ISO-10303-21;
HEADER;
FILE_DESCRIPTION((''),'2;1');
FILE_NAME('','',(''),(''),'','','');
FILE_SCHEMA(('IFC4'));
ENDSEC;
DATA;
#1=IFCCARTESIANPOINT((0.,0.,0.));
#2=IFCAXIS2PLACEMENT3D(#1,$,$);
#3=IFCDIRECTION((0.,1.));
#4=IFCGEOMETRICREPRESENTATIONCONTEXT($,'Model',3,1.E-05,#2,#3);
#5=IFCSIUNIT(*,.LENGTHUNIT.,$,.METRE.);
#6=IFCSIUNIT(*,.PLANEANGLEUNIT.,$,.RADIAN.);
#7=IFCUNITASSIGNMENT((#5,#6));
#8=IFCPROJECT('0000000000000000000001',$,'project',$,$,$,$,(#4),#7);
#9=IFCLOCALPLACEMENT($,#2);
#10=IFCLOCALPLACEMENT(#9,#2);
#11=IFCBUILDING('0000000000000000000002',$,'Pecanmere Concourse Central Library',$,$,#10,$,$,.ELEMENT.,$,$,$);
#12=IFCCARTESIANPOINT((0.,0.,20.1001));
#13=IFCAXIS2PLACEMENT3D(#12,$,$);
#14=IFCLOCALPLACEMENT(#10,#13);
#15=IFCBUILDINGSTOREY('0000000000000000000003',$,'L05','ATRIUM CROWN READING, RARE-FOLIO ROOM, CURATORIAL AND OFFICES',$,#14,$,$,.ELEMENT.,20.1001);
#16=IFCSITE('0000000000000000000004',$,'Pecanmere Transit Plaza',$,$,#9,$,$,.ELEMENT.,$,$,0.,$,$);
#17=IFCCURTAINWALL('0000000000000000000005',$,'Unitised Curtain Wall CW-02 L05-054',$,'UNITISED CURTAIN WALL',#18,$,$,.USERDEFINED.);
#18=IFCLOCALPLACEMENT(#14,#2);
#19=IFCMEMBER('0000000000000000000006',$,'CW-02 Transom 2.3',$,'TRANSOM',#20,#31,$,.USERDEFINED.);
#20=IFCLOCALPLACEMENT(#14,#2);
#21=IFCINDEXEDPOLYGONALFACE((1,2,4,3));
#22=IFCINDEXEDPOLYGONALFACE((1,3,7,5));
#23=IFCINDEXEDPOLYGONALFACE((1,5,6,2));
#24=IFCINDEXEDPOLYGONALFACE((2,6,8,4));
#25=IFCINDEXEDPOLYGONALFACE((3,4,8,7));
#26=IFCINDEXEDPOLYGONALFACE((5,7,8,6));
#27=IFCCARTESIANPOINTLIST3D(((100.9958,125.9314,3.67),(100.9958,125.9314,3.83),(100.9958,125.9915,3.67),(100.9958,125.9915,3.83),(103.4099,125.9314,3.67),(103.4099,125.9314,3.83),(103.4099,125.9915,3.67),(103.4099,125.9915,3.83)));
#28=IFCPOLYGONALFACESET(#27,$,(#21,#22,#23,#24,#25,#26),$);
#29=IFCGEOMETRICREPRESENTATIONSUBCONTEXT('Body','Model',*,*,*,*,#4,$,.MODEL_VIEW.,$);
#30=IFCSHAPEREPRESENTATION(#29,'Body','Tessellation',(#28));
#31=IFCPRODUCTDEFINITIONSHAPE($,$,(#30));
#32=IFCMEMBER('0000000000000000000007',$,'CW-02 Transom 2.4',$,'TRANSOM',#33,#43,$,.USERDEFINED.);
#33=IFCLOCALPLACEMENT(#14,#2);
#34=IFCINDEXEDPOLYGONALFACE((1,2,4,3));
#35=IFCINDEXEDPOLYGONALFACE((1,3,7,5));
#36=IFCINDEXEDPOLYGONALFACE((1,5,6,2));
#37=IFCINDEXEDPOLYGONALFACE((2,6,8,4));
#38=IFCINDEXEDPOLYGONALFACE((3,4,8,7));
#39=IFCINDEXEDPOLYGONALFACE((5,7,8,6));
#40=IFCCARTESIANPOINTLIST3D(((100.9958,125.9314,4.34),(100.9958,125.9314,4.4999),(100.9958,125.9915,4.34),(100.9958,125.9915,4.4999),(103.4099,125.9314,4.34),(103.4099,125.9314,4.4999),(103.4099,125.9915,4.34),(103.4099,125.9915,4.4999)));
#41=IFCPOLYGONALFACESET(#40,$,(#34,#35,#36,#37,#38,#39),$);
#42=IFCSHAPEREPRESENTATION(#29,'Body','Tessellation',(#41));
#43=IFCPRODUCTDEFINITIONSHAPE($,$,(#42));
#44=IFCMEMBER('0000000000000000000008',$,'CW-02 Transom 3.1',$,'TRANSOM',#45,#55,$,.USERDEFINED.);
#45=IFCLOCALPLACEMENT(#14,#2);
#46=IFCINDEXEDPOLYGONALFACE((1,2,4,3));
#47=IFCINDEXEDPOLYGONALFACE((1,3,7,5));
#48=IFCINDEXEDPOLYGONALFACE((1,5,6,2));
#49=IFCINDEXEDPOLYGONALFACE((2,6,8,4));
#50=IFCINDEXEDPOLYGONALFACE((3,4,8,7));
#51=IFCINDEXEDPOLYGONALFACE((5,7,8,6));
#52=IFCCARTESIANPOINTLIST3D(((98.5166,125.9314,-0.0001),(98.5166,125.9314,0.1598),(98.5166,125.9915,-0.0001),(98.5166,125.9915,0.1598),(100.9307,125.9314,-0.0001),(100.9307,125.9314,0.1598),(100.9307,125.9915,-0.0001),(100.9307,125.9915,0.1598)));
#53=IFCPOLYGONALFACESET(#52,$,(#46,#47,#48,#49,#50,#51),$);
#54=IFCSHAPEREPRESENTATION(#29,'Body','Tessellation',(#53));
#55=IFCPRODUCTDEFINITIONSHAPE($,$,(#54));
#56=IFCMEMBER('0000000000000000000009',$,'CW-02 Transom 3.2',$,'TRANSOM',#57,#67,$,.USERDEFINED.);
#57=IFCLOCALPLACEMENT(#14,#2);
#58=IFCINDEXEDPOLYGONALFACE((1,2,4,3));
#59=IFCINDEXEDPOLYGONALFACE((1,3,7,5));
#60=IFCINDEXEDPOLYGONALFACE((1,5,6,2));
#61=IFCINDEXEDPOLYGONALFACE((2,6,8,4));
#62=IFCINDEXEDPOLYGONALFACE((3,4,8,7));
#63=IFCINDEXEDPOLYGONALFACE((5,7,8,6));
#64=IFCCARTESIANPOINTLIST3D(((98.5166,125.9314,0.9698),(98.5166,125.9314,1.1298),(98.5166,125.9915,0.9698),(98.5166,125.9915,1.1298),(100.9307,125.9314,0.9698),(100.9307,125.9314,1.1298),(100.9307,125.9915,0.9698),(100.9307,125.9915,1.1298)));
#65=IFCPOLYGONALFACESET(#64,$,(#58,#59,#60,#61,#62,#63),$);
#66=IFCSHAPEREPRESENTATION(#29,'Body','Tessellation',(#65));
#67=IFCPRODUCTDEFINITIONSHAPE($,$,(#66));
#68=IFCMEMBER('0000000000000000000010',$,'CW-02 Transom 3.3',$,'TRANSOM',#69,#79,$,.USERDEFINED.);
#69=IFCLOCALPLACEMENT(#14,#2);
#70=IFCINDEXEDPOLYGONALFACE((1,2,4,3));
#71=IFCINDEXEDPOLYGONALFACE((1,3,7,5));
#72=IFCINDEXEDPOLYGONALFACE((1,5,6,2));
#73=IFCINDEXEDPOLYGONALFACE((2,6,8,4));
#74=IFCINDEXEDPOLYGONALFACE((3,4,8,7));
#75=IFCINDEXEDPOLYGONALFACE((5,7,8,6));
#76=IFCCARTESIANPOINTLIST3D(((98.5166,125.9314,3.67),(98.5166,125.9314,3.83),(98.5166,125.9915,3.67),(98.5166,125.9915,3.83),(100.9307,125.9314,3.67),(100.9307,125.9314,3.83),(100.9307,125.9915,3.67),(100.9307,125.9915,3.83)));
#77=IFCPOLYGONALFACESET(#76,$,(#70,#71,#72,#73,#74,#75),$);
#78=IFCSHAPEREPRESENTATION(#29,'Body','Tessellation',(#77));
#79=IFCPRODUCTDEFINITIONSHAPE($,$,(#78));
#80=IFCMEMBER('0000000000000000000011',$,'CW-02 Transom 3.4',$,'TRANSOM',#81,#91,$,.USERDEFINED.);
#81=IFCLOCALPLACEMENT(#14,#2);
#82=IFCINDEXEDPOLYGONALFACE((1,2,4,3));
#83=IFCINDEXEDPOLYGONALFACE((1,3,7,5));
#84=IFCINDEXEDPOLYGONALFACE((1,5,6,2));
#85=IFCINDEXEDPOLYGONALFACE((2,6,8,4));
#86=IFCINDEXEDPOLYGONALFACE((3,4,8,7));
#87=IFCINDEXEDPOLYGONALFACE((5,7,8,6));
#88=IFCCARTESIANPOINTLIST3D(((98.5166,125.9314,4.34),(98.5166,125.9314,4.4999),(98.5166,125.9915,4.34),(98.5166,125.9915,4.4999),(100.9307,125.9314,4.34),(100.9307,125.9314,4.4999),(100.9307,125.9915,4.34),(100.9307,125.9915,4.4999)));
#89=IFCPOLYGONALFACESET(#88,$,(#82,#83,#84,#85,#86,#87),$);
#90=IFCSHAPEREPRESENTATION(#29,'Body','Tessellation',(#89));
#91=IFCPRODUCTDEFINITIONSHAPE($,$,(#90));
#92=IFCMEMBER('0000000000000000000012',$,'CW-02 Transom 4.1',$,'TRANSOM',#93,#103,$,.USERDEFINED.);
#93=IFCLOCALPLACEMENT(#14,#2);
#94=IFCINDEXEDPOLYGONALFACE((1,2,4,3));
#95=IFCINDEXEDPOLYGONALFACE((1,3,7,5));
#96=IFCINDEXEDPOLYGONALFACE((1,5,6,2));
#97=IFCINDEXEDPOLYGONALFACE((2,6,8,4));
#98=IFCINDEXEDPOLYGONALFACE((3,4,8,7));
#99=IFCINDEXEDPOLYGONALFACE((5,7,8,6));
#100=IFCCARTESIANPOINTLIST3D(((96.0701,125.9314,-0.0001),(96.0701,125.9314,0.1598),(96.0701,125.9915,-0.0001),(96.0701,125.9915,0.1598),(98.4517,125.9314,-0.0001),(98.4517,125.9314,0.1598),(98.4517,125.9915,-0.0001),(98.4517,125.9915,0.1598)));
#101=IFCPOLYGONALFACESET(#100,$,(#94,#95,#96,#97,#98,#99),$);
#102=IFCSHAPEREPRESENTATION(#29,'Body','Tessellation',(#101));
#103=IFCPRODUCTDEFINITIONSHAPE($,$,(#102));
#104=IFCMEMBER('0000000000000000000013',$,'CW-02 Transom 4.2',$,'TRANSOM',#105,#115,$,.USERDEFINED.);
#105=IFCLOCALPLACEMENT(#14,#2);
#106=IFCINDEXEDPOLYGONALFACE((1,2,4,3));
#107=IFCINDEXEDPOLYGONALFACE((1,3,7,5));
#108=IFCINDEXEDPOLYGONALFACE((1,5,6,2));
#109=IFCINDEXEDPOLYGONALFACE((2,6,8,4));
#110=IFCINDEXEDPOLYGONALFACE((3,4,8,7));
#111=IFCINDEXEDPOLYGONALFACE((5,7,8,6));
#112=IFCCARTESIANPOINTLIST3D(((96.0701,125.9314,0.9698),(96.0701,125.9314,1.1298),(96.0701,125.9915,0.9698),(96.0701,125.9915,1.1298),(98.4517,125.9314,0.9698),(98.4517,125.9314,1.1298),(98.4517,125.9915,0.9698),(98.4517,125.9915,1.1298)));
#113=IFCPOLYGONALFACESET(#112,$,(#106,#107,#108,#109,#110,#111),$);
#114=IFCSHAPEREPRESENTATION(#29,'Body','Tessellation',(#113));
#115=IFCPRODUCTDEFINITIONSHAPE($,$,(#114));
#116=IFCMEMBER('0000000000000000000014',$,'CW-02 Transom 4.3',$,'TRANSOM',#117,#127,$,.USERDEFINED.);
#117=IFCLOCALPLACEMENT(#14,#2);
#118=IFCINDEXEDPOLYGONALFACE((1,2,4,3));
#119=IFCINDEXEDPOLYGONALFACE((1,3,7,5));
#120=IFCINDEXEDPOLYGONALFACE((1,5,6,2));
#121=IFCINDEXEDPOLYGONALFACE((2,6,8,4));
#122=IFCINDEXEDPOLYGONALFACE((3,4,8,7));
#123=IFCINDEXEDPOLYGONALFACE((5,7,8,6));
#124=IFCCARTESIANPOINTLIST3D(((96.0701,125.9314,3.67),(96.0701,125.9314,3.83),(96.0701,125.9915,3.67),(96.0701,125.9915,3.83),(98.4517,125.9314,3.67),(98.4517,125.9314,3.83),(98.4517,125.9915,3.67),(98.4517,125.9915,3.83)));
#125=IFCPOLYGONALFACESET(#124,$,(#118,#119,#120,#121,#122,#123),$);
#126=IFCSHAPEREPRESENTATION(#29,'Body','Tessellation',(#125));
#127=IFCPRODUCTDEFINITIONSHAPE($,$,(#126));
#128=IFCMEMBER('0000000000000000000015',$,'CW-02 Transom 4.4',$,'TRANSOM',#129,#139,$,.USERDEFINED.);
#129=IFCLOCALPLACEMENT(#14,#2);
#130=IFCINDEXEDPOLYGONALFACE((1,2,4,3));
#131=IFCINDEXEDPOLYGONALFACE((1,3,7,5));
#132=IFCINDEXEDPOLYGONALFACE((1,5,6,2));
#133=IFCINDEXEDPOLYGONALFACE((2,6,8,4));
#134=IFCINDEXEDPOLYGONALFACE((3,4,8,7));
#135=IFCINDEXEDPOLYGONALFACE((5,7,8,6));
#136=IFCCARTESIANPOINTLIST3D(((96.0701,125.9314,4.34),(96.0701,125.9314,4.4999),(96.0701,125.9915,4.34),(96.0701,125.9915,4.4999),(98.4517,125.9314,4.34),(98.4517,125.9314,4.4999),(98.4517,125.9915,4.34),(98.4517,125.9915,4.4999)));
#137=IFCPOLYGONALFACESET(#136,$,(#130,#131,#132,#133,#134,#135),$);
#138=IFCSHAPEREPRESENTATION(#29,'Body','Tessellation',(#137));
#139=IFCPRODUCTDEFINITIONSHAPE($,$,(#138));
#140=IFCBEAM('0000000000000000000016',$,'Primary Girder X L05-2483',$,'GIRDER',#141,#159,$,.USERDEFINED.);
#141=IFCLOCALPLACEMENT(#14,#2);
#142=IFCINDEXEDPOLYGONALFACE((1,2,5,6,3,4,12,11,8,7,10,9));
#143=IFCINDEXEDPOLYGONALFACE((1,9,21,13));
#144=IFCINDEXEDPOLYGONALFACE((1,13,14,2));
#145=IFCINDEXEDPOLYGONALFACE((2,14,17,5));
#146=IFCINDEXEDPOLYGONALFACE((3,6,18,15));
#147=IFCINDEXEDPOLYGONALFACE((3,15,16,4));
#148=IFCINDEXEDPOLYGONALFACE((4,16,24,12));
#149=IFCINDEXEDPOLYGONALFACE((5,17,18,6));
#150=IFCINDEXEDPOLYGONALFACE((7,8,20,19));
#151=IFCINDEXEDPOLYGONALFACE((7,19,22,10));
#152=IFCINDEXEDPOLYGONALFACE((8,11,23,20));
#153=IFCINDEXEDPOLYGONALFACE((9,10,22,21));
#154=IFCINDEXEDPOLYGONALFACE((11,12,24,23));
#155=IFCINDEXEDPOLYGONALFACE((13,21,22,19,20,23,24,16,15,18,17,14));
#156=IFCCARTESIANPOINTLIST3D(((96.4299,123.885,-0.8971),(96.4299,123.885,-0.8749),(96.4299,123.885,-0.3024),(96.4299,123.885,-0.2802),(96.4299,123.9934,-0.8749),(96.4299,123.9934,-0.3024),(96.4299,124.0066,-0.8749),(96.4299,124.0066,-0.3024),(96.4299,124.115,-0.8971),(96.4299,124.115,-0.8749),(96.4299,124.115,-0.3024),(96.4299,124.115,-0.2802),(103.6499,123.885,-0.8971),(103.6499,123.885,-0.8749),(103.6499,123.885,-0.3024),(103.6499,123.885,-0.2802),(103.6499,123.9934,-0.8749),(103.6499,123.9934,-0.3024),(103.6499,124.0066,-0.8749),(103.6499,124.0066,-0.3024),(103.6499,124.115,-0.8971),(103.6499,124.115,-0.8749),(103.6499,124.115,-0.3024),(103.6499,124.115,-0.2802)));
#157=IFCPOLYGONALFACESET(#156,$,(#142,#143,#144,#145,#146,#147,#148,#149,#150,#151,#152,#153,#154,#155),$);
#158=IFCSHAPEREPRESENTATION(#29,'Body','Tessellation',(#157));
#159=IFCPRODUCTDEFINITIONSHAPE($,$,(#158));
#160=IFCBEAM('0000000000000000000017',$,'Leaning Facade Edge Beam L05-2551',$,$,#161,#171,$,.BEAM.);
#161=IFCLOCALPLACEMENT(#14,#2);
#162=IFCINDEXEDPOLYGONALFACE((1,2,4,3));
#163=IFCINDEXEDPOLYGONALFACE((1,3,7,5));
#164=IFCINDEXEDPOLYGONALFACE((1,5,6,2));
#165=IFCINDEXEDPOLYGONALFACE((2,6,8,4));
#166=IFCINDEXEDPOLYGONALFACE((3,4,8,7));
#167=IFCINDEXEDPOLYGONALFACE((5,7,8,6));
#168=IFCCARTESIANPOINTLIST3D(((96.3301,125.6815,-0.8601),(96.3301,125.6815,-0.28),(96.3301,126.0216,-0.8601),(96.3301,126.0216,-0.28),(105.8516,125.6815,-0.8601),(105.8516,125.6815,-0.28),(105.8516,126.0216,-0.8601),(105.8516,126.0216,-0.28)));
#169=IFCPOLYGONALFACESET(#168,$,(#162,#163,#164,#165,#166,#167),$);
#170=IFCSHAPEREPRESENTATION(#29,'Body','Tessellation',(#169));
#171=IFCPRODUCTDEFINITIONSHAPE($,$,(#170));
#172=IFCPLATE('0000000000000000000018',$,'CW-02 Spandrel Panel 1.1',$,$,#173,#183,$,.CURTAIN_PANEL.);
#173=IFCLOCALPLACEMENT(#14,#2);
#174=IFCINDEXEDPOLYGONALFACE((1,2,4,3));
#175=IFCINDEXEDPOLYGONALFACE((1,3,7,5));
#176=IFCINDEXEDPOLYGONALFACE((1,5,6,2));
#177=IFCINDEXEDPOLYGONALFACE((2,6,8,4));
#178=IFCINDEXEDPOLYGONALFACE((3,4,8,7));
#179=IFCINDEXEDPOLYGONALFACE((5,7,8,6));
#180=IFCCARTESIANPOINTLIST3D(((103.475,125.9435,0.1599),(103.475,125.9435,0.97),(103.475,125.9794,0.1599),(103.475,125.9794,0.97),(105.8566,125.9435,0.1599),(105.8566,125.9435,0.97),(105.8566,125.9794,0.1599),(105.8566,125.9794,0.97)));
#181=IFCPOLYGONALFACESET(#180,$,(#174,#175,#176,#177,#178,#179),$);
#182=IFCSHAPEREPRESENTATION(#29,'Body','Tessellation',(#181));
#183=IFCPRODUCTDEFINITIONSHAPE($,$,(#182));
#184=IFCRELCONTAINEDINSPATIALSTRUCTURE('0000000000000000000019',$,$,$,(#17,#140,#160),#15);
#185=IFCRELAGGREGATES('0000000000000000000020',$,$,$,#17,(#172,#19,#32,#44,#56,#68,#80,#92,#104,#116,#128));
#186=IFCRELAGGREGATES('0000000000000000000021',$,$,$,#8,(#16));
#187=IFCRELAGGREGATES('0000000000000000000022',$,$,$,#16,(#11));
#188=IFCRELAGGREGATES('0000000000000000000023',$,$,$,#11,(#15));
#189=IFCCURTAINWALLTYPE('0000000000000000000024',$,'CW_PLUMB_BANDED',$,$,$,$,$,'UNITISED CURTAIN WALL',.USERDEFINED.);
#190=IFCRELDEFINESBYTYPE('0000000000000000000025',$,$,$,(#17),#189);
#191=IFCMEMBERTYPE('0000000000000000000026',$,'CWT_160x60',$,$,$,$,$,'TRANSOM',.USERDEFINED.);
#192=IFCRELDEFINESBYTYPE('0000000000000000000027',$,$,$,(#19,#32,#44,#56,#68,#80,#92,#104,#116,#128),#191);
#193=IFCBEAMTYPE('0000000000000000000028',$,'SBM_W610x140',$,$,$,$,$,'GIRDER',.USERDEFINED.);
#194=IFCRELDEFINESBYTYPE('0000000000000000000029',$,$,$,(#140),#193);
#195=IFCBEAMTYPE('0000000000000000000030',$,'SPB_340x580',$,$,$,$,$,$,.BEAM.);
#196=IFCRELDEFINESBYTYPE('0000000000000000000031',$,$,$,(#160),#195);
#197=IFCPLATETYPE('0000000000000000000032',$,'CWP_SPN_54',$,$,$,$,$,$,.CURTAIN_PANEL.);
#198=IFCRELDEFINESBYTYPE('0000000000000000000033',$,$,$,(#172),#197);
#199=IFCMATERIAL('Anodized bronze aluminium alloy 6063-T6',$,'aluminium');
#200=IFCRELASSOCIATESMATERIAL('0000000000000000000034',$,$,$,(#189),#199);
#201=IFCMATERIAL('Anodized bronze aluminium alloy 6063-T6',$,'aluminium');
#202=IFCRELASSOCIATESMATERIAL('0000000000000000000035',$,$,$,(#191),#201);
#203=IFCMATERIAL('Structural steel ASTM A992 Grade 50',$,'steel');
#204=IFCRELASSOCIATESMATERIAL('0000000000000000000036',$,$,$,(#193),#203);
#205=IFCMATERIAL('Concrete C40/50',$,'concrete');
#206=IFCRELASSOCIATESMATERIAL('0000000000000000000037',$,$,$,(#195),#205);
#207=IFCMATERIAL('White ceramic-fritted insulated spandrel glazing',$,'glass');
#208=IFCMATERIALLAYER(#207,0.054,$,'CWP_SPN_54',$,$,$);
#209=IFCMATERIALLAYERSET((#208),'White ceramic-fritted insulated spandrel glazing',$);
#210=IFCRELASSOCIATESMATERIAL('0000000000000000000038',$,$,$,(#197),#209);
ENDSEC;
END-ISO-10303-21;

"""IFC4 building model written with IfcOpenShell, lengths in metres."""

from ifc_helpers import new_model, si_unit, direction, frame, origin, origin_2d, place, context, subcontext, project, spatial, rectangle, i_section, extrude, material, layer, layer_set, material_profile, profile_set, type_object, element, aggregate, save


model = new_model("IFC4")

# Units and contexts
model_context = context("Model", 3, precision=1e-05, world=origin(), true_north=direction((0.0, 1.0)))
body_context = subcontext(model_context, "Body", "Model", "MODEL_VIEW")
ifc_project = project(units=[si_unit("LENGTHUNIT", "METRE"), si_unit("PLANEANGLEUNIT", "RADIAN")], contexts=[model_context])

# Site, building, storey
site_placement = place(None, origin())
site = spatial("IfcSite", under=ifc_project, at=site_placement, Name="Pecanmere Transit Plaza", CompositionType="ELEMENT", RefElevation=0.0)
building_placement = place(site_placement, origin())
building = spatial("IfcBuilding", under=site, at=building_placement, Name="Pecanmere Concourse Central Library", CompositionType="ELEMENT")
storey_placement = place(building_placement, frame((0.0, 0.0, 20.1001)))
storey = spatial("IfcBuildingStorey", under=building, at=storey_placement, Name="L05", Description="ATRIUM CROWN READING, RARE-FOLIO ROOM, CURATORIAL AND OFFICES", CompositionType="ELEMENT", Elevation=20.1001)

# Curtain wall
ifc_material_1 = material(Name="Anodized bronze aluminium alloy 6063-T6", Category="aluminium")
curtain_wall_type_1 = type_object("IfcCurtainWallType", Name="CW_PLUMB_BANDED", ElementType="UNITISED CURTAIN WALL", PredefinedType="USERDEFINED", material=ifc_material_1)
curtain_wall_1_placement = place(storey_placement, origin())
curtain_wall_1 = element("IfcCurtainWall", 1, at=curtain_wall_1_placement, inside=storey, type_object=curtain_wall_type_1, Name="Unitised Curtain Wall CW-02 L05-054", ObjectType="UNITISED CURTAIN WALL", PredefinedType="USERDEFINED")

# Members
ifc_material_2 = material(Name="Anodized bronze aluminium alloy 6063-T6", Category="aluminium")
ifc_material_profile_1 = material_profile(ifc_material_2, rectangle(XDim=0.0601, YDim=0.1599, at=origin_2d()), Name="AL 60x160")
ifc_profile_set_1 = profile_set([ifc_material_profile_1], Name="Anodized bronze aluminium alloy 6063-T6")
member_type_1 = type_object("IfcMemberType", Name="CWT_160x60", ElementType="TRANSOM", PredefinedType="USERDEFINED", material=ifc_profile_set_1)
member_1_placement = place(storey_placement, frame((103.4099, 125.9614, 3.75), z_axis=(-1.0, 0.0, 0.0), x_axis=(0.0, -1.0, 0.0)))
member_1 = element("IfcMember", 2, at=member_1_placement, type_object=member_type_1, Name="CW-02 Transom 2.3", ObjectType="TRANSOM", PredefinedType="USERDEFINED", context=body_context, shape_type="SweptSolid", body=[
    extrude(rectangle(XDim=0.0601, YDim=0.1599, at=origin_2d()), origin(), (0.0, 0.0, 1.0), 2.4141),
])
member_2_placement = place(storey_placement, frame((103.4099, 125.9614, 4.4199), z_axis=(-1.0, 0.0, 0.0), x_axis=(0.0, -1.0, 0.0)))
member_2 = element("IfcMember", 3, at=member_2_placement, type_object=member_type_1, Name="CW-02 Transom 2.4", ObjectType="TRANSOM", PredefinedType="USERDEFINED", context=body_context, shape_type="SweptSolid", body=[
    extrude(rectangle(XDim=0.0601, YDim=0.1599, at=origin_2d()), origin(), (0.0, 0.0, 1.0), 2.4141),
])
member_3_placement = place(storey_placement, frame((100.9307, 125.9614, 0.0798), z_axis=(-1.0, 0.0, 0.0), x_axis=(0.0, -1.0, 0.0)))
member_3 = element("IfcMember", 4, at=member_3_placement, type_object=member_type_1, Name="CW-02 Transom 3.1", ObjectType="TRANSOM", PredefinedType="USERDEFINED", context=body_context, shape_type="SweptSolid", body=[
    extrude(rectangle(XDim=0.0601, YDim=0.1599, at=origin_2d()), origin(), (0.0, 0.0, 1.0), 2.4141),
])
member_4_placement = place(storey_placement, frame((100.9307, 125.9614, 1.0498), z_axis=(-1.0, 0.0, 0.0), x_axis=(0.0, -1.0, 0.0)))
member_4 = element("IfcMember", 5, at=member_4_placement, type_object=member_type_1, Name="CW-02 Transom 3.2", ObjectType="TRANSOM", PredefinedType="USERDEFINED", context=body_context, shape_type="SweptSolid", body=[
    extrude(rectangle(XDim=0.0601, YDim=0.1599, at=origin_2d()), origin(), (0.0, 0.0, 1.0), 2.4141),
])
member_5_placement = place(storey_placement, frame((100.9307, 125.9614, 3.75), z_axis=(-1.0, 0.0, 0.0), x_axis=(0.0, -1.0, 0.0)))
member_5 = element("IfcMember", 6, at=member_5_placement, type_object=member_type_1, Name="CW-02 Transom 3.3", ObjectType="TRANSOM", PredefinedType="USERDEFINED", context=body_context, shape_type="SweptSolid", body=[
    extrude(rectangle(XDim=0.0601, YDim=0.1599, at=origin_2d()), origin(), (0.0, 0.0, 1.0), 2.4141),
])
member_6_placement = place(storey_placement, frame((100.9307, 125.9614, 4.4199), z_axis=(-1.0, 0.0, 0.0), x_axis=(0.0, -1.0, 0.0)))
member_6 = element("IfcMember", 7, at=member_6_placement, type_object=member_type_1, Name="CW-02 Transom 3.4", ObjectType="TRANSOM", PredefinedType="USERDEFINED", context=body_context, shape_type="SweptSolid", body=[
    extrude(rectangle(XDim=0.0601, YDim=0.1599, at=origin_2d()), origin(), (0.0, 0.0, 1.0), 2.4141),
])
member_7_placement = place(storey_placement, frame((98.4517, 125.9614, 0.0798), z_axis=(-1.0, 0.0, 0.0), x_axis=(0.0, -1.0, 0.0)))
member_7 = element("IfcMember", 8, at=member_7_placement, type_object=member_type_1, Name="CW-02 Transom 4.1", ObjectType="TRANSOM", PredefinedType="USERDEFINED", context=body_context, shape_type="SweptSolid", body=[
    extrude(rectangle(XDim=0.0601, YDim=0.1599, at=origin_2d()), origin(), (0.0, 0.0, 1.0), 2.3816),
])
member_8_placement = place(storey_placement, frame((98.4517, 125.9614, 1.0498), z_axis=(-1.0, 0.0, 0.0), x_axis=(0.0, -1.0, 0.0)))
member_8 = element("IfcMember", 9, at=member_8_placement, type_object=member_type_1, Name="CW-02 Transom 4.2", ObjectType="TRANSOM", PredefinedType="USERDEFINED", context=body_context, shape_type="SweptSolid", body=[
    extrude(rectangle(XDim=0.0601, YDim=0.1599, at=origin_2d()), origin(), (0.0, 0.0, 1.0), 2.3816),
])
member_9_placement = place(storey_placement, frame((98.4517, 125.9614, 3.75), z_axis=(-1.0, 0.0, 0.0), x_axis=(0.0, -1.0, 0.0)))
member_9 = element("IfcMember", 10, at=member_9_placement, type_object=member_type_1, Name="CW-02 Transom 4.3", ObjectType="TRANSOM", PredefinedType="USERDEFINED", context=body_context, shape_type="SweptSolid", body=[
    extrude(rectangle(XDim=0.0601, YDim=0.1599, at=origin_2d()), origin(), (0.0, 0.0, 1.0), 2.3816),
])
member_10_placement = place(storey_placement, frame((98.4517, 125.9614, 4.4199), z_axis=(-1.0, 0.0, 0.0), x_axis=(0.0, -1.0, 0.0)))
member_10 = element("IfcMember", 11, at=member_10_placement, type_object=member_type_1, Name="CW-02 Transom 4.4", ObjectType="TRANSOM", PredefinedType="USERDEFINED", context=body_context, shape_type="SweptSolid", body=[
    extrude(rectangle(XDim=0.0601, YDim=0.1599, at=origin_2d()), origin(), (0.0, 0.0, 1.0), 2.3816),
])

# Beams
ifc_material_3 = material(Name="Structural steel ASTM A992 Grade 50", Category="steel")
ifc_material_profile_2 = material_profile(ifc_material_3, i_section(OverallWidth=0.23, OverallDepth=0.6169, WebThickness=0.0132, FlangeThickness=0.0222, at=origin_2d()), Name="W610x140")
ifc_profile_set_2 = profile_set([ifc_material_profile_2], Name="Structural steel ASTM A992 Grade 50")
beam_type_1 = type_object("IfcBeamType", Name="SBM_W610x140", ElementType="GIRDER", PredefinedType="USERDEFINED", material=ifc_profile_set_2)
beam_1_placement = place(storey_placement, frame((96.4299, 124.0, -0.5886), z_axis=(1.0, 0.0, 0.0), x_axis=(0.0, 1.0, 0.0)))
element("IfcBeam", 12, at=beam_1_placement, inside=storey, type_object=beam_type_1, Name="Primary Girder X L05-2483", ObjectType="GIRDER", PredefinedType="USERDEFINED", context=body_context, shape_type="SweptSolid", body=[
    extrude(i_section(OverallWidth=0.23, OverallDepth=0.6169, WebThickness=0.0132, FlangeThickness=0.0222, at=origin_2d()), origin(), (0.0, 0.0, 1.0), 7.22),
])
ifc_material_4 = material(Name="Concrete C40/50", Category="concrete")
ifc_material_profile_3 = material_profile(ifc_material_4, rectangle(XDim=0.3401, YDim=0.5801, at=origin_2d()), Name="RC 340x580")
ifc_profile_set_3 = profile_set([ifc_material_profile_3], Name="Concrete C40/50")
beam_type_2 = type_object("IfcBeamType", Name="SPB_340x580", PredefinedType="BEAM", material=ifc_profile_set_3)
beam_2_placement = place(storey_placement, frame((96.3301, 125.8516, -0.5701), z_axis=(1.0, 0.0, 0.0), x_axis=(0.0, 1.0, 0.0)))
element("IfcBeam", 13, at=beam_2_placement, inside=storey, type_object=beam_type_2, Name="Leaning Facade Edge Beam L05-2551", PredefinedType="BEAM", context=body_context, shape_type="SweptSolid", body=[
    extrude(rectangle(XDim=0.3401, YDim=0.5801, at=origin_2d()), origin(), (0.0, 0.0, 1.0), 9.5215),
])

# Plate
ifc_material_5 = material(Name="White ceramic-fritted insulated spandrel glazing", Category="glass")
ifc_layer_1 = layer(ifc_material_5, 0.054, Name="CWP_SPN_54")
ifc_layer_set_1 = layer_set([ifc_layer_1], Name="White ceramic-fritted insulated spandrel glazing")
plate_type_1 = type_object("IfcPlateType", Name="CWP_SPN_54", PredefinedType="CURTAIN_PANEL", material=ifc_layer_set_1)
plate_1_placement = place(storey_placement, frame((104.6658, 125.9614, 0.1599), z_axis=(0.0, 0.0, 1.0), x_axis=(-1.0, 0.0, 0.0)))
plate_1 = element("IfcPlate", 14, at=plate_1_placement, type_object=plate_type_1, Name="CW-02 Spandrel Panel 1.1", PredefinedType="CURTAIN_PANEL", context=body_context, shape_type="SweptSolid", body=[
    extrude(rectangle(XDim=2.3816, YDim=0.0359, at=origin_2d()), origin(), (0.0, 0.0, 1.0), 0.8101),
])
aggregate(curtain_wall_1, [plate_1, member_1, member_2, member_3, member_4, member_5, member_6, member_7, member_8, member_9, member_10])

save(model, "model.ifc")
